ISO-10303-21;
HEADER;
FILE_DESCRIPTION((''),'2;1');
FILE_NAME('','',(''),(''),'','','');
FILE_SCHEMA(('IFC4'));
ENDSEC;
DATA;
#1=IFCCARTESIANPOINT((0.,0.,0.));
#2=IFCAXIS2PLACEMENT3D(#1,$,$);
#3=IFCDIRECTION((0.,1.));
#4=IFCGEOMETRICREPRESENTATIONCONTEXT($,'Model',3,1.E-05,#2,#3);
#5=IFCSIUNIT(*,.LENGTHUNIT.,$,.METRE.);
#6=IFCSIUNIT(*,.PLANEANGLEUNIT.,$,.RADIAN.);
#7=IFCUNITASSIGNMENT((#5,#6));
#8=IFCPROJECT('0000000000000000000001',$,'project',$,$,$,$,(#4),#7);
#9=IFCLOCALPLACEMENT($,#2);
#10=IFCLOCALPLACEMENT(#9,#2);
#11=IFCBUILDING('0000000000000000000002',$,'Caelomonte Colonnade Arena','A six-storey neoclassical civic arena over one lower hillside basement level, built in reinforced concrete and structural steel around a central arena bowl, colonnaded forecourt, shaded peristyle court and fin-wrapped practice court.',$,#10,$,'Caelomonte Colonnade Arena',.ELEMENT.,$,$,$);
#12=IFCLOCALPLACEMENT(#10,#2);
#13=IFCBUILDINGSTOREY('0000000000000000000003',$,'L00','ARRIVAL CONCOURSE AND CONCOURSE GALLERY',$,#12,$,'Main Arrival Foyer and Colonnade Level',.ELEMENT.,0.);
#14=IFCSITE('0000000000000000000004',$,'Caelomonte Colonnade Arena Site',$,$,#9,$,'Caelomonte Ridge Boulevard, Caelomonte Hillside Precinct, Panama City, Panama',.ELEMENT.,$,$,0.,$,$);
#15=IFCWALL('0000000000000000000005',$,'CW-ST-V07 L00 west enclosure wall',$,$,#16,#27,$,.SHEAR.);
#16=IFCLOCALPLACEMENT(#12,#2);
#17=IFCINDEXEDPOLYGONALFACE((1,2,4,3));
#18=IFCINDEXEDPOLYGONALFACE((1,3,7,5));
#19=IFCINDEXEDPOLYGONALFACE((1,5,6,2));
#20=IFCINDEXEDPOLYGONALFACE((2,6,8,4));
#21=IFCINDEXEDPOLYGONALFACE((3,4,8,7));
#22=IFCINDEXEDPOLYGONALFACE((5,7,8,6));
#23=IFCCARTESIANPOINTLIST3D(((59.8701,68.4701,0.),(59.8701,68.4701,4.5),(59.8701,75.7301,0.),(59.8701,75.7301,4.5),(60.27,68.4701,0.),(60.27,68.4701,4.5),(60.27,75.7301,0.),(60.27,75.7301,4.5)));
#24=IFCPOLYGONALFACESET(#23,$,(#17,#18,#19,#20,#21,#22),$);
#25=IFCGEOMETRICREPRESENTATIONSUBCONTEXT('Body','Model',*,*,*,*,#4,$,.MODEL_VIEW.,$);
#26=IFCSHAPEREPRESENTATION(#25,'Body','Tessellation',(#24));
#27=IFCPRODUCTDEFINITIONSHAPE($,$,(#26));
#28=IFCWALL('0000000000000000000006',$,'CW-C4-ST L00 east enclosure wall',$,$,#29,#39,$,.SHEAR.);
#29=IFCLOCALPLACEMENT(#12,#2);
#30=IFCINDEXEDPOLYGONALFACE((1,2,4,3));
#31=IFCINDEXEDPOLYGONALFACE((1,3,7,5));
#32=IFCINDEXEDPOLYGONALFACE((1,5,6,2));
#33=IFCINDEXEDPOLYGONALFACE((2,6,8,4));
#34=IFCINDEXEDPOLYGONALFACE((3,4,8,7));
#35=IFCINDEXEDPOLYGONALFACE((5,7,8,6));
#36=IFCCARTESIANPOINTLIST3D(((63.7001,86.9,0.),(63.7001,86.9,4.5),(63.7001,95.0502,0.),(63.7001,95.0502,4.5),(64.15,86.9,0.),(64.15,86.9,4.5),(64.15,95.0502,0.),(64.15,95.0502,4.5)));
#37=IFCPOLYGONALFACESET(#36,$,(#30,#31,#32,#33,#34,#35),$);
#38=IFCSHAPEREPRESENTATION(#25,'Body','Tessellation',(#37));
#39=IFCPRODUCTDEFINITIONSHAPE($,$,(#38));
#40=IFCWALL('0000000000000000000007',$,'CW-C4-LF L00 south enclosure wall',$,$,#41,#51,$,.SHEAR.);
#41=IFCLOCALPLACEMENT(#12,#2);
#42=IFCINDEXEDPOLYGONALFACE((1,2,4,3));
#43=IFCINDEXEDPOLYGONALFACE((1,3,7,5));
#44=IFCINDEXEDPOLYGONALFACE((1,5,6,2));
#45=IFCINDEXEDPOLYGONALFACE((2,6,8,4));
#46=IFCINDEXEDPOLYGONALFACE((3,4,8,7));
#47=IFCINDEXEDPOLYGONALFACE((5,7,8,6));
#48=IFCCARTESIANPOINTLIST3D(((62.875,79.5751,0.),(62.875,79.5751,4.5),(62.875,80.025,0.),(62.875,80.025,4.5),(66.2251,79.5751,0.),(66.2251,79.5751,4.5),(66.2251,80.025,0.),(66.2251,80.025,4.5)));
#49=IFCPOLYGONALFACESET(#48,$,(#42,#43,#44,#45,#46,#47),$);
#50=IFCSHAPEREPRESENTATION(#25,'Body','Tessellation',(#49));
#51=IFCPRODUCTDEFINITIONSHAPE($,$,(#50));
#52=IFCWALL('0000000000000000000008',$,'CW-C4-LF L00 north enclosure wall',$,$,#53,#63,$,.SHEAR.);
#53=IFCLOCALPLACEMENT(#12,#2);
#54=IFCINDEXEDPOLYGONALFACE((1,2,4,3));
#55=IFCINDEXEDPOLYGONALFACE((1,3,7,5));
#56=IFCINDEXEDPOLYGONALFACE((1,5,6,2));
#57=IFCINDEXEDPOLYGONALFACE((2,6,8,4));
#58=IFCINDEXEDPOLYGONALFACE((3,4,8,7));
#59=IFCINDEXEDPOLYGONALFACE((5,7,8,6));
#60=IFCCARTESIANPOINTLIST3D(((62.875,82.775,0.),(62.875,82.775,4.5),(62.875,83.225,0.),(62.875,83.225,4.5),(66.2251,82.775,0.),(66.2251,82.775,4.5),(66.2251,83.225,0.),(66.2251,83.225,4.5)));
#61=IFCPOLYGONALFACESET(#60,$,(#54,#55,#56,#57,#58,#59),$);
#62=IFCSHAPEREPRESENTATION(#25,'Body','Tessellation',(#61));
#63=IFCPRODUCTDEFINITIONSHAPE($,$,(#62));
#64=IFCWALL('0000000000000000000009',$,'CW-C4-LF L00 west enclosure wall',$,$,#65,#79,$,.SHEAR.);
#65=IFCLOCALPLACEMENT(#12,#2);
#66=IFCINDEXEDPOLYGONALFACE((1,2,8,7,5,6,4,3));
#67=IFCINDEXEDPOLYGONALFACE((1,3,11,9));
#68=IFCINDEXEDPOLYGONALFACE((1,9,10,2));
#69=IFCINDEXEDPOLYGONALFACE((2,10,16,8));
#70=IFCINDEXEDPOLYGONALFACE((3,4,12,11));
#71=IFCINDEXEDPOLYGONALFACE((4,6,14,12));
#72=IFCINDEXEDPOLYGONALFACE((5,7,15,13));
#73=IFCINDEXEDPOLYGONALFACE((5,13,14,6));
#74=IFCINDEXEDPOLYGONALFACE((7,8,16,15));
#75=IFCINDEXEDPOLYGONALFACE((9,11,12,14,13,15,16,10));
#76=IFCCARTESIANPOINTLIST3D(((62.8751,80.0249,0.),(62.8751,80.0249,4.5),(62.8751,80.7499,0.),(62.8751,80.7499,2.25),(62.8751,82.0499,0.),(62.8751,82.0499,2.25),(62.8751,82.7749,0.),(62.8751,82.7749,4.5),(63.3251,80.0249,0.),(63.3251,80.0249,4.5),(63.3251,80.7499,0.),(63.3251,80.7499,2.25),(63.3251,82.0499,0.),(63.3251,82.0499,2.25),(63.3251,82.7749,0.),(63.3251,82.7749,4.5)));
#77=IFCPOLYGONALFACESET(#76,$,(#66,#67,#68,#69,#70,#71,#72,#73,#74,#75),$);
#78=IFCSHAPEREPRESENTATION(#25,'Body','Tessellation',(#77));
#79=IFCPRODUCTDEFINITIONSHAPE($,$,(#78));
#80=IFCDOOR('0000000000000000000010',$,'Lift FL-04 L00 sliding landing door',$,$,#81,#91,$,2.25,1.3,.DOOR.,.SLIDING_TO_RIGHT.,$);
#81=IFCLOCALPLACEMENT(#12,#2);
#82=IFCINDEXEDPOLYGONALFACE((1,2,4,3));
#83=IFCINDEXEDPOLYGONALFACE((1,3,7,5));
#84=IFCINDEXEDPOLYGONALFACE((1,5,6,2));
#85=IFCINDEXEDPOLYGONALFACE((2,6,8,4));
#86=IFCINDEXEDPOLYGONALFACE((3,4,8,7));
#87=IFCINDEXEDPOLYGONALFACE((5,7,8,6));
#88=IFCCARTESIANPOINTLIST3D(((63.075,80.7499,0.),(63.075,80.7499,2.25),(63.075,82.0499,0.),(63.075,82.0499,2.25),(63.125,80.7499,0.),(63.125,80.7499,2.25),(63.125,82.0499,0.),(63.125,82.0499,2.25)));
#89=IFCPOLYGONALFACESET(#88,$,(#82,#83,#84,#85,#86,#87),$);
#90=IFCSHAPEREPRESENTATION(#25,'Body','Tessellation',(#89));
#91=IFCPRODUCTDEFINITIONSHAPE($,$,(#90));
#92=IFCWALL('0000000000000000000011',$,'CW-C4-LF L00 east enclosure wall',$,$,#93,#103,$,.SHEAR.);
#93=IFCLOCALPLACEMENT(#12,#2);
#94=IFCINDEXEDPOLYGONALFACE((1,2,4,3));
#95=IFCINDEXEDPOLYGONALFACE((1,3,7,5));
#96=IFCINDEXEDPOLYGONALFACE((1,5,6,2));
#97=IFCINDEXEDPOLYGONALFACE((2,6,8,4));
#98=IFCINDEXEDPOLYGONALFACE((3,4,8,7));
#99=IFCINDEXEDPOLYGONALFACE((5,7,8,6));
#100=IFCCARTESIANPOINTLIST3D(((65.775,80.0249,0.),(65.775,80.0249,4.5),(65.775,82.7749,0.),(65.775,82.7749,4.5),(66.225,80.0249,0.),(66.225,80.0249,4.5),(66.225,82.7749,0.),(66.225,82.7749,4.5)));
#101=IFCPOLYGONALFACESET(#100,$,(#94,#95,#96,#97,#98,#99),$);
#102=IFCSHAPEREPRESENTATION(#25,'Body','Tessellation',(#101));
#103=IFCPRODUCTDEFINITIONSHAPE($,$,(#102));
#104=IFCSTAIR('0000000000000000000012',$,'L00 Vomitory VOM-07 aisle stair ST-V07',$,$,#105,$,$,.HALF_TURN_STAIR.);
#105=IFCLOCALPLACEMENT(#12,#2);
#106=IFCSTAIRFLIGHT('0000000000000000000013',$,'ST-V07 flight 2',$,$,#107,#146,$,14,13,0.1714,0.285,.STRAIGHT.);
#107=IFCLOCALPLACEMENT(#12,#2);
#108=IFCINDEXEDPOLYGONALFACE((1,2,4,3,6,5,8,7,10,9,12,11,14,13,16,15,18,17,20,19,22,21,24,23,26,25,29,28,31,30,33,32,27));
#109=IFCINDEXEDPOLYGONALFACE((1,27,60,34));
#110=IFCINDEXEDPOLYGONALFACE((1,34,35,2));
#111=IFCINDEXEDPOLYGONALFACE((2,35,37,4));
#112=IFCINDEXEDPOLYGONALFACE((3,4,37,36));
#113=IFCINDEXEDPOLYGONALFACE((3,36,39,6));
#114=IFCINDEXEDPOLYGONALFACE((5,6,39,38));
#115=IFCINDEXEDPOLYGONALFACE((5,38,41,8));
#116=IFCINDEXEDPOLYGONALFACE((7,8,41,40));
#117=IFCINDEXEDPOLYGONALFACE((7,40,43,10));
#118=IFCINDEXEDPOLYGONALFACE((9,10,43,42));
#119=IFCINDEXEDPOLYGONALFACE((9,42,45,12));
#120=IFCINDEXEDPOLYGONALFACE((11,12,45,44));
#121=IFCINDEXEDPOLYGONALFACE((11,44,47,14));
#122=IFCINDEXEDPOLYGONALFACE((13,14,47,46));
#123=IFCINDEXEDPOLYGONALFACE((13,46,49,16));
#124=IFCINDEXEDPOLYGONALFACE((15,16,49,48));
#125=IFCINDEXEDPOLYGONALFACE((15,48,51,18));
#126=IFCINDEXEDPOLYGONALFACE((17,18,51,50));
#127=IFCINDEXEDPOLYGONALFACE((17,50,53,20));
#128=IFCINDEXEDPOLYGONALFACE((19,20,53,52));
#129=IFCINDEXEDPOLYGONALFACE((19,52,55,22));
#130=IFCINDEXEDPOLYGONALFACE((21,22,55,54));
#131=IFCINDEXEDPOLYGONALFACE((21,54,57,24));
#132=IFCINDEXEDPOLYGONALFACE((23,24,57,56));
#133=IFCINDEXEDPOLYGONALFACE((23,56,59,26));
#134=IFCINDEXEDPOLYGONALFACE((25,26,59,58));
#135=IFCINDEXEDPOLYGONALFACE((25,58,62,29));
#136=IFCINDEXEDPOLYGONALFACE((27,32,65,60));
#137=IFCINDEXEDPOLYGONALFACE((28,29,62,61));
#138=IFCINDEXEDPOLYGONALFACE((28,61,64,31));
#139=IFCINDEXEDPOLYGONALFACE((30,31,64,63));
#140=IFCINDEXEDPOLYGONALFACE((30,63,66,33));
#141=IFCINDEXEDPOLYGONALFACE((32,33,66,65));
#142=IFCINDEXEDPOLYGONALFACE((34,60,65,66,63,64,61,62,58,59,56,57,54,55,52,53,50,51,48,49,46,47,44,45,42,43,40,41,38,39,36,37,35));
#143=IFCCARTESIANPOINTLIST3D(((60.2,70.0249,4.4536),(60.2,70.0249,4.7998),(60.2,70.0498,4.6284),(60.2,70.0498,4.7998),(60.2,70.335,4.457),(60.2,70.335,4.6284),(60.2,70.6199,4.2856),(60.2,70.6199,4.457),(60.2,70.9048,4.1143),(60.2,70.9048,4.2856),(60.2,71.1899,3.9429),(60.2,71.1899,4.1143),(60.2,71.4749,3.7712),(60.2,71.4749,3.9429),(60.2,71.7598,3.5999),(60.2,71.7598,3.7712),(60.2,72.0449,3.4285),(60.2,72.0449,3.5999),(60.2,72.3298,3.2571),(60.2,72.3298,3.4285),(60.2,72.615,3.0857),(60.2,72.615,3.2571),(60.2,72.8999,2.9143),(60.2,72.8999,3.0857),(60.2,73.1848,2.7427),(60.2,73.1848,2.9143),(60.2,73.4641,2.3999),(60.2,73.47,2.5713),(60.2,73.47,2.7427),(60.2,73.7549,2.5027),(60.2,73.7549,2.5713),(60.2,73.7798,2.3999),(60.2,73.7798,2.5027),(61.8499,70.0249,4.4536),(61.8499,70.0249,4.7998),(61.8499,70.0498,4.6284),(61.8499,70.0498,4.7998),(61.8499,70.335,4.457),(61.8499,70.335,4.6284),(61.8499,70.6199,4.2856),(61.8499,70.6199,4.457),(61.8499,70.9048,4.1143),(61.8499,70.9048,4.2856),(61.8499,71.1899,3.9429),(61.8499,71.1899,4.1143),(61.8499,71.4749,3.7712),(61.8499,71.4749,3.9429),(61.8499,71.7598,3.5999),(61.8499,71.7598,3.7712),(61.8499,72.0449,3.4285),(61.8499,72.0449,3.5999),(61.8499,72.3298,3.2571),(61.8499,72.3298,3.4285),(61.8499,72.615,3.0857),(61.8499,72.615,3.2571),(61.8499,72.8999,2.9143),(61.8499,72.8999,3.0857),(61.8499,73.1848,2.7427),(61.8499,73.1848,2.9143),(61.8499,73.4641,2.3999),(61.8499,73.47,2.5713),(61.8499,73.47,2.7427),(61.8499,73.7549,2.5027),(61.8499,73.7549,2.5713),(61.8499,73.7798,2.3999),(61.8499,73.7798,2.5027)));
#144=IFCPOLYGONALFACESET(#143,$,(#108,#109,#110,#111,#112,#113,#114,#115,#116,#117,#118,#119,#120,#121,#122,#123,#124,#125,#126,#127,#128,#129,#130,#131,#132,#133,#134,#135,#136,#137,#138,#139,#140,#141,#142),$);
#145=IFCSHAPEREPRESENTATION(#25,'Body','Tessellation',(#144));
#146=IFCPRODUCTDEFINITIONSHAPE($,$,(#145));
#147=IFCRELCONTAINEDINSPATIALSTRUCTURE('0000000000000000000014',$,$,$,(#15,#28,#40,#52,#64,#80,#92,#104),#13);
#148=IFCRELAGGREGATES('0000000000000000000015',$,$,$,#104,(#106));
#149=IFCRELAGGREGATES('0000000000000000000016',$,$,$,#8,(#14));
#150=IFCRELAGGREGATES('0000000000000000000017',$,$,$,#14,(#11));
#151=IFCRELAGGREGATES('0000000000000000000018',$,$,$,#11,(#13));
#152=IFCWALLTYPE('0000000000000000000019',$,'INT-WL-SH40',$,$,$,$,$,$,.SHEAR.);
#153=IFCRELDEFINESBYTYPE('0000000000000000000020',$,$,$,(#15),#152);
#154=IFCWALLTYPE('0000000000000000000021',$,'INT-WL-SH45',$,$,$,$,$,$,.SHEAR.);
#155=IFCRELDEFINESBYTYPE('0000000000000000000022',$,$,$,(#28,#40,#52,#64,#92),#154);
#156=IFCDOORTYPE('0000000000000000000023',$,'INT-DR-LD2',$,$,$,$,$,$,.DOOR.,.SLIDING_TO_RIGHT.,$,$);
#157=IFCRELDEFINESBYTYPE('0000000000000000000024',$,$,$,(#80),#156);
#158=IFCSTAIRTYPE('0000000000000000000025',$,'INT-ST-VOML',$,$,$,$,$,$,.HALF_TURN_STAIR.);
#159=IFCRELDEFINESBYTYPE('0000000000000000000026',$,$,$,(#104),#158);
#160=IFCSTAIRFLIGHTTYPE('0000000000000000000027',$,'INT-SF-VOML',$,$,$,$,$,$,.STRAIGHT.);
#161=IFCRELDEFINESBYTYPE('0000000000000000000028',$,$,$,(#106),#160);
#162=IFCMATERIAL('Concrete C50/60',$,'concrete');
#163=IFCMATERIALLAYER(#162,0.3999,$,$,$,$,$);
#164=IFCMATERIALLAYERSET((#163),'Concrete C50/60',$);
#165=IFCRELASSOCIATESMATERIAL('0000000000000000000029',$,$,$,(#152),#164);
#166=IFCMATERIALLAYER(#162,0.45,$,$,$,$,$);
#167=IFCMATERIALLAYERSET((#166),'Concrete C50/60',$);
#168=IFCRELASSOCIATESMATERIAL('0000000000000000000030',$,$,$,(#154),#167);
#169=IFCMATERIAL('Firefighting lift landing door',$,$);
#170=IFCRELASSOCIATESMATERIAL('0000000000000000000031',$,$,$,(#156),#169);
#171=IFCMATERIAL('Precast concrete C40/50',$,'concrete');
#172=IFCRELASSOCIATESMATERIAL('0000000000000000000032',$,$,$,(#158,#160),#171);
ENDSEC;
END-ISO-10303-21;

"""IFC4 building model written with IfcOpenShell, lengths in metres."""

from ifc_helpers import new_model, si_unit, direction, frame, frame_2d, origin, place, context, subcontext, project, spatial, polyline, rectangle, outline, extrude, material, layer, layer_set, type_object, element, fill, aggregate, save


model = new_model("IFC4")

# Units and contexts
model_context = context("Model", 3, precision=1e-05, world=origin(), true_north=direction((0.0, 1.0)))
body_context = subcontext(model_context, "Body", "Model", "MODEL_VIEW")
ifc_project = project(units=[si_unit("LENGTHUNIT", "METRE"), si_unit("PLANEANGLEUNIT", "RADIAN")], contexts=[model_context])

# Site, building, storey
site_placement = place(None, origin())
site = spatial("IfcSite", under=ifc_project, at=site_placement, Name="Caelomonte Colonnade Arena Site", LongName="Caelomonte Ridge Boulevard, Caelomonte Hillside Precinct, Panama City, Panama", CompositionType="ELEMENT", RefElevation=0.0)
building_placement = place(site_placement, origin())
building = spatial("IfcBuilding", under=site, at=building_placement, Name="Caelomonte Colonnade Arena", Description="A six-storey neoclassical civic arena over one lower hillside basement level, built in reinforced concrete and structural steel around a central arena bowl, colonnaded forecourt, shaded peristyle court and fin-wrapped practice court.", LongName="Caelomonte Colonnade Arena", CompositionType="ELEMENT")
storey_placement = place(building_placement, origin())
storey = spatial("IfcBuildingStorey", under=building, at=storey_placement, Name="L00", Description="ARRIVAL CONCOURSE AND CONCOURSE GALLERY", LongName="Main Arrival Foyer and Colonnade Level", CompositionType="ELEMENT", Elevation=0.0)

# Shared definitions
ifc_material_1 = material(Name="Concrete C50/60", Category="concrete")

# Walls
ifc_layer_1 = layer(ifc_material_1, 0.3999)
ifc_layer_set_1 = layer_set([ifc_layer_1], Name="Concrete C50/60")
wall_type_1 = type_object("IfcWallType", Name="INT-WL-SH40", PredefinedType="SHEAR", material=ifc_layer_set_1)
wall_1_placement = place(storey_placement, frame((60.0701, 75.73, 0.0), z_axis=(0.0, 0.0, 1.0), x_axis=(0.0, -1.0, 0.0)))
element("IfcWall", 1, at=wall_1_placement, inside=storey, type_object=wall_type_1, Name="CW-ST-V07 L00 west enclosure wall", PredefinedType="SHEAR", context=body_context, shape_type="SweptSolid", body=[
    extrude(rectangle(XDim=7.26, YDim=0.3999, at=frame_2d((3.6299, 0.0))), origin(), (0.0, 0.0, 1.0), 4.5),
])
ifc_layer_2 = layer(ifc_material_1, 0.45)
ifc_layer_set_2 = layer_set([ifc_layer_2], Name="Concrete C50/60")
wall_type_2 = type_object("IfcWallType", Name="INT-WL-SH45", PredefinedType="SHEAR", material=ifc_layer_set_2)
wall_2_placement = place(storey_placement, frame((63.925, 86.8999, 0.0), z_axis=(0.0, 0.0, 1.0), x_axis=(0.0, 1.0, 0.0)))
element("IfcWall", 2, at=wall_2_placement, inside=storey, type_object=wall_type_2, Name="CW-C4-ST L00 east enclosure wall", PredefinedType="SHEAR", context=body_context, shape_type="SweptSolid", body=[
    extrude(rectangle(XDim=8.1501, YDim=0.45, at=frame_2d((4.0752, 0.0))), origin(), (0.0, 0.0, 1.0), 4.5),
])
for number, where, z_axis, x_axis, name in (
    (3, (62.875, 79.8, 0.0), (0.0, 0.0, 1.0), (1.0, 0.0, 0.0), "CW-C4-LF L00 south enclosure wall"),
    (4, (66.2251, 83.0, 0.0), (0.0, 0.0, 1.0), (-1.0, 0.0, 0.0), "CW-C4-LF L00 north enclosure wall"),
):
    element("IfcWall", number, at=place(storey_placement, frame(where, z_axis=z_axis, x_axis=x_axis)), inside=storey, type_object=wall_type_2, Name=name, PredefinedType="SHEAR", context=body_context, shape_type="SweptSolid", body=[
        extrude(rectangle(XDim=3.3501, YDim=0.45, at=frame_2d((1.675, 0.0))), origin(), (0.0, 0.0, 1.0), 4.5),
    ])

# Wall, opening, door
wall_3_placement = place(storey_placement, frame((63.1001, 82.7749, 0.0), z_axis=(0.0, 0.0, 1.0), x_axis=(0.0, -1.0, 0.0)))
wall_3 = element("IfcWall", 5, at=wall_3_placement, inside=storey, type_object=wall_type_2, Name="CW-C4-LF L00 west enclosure wall", PredefinedType="SHEAR", context=body_context, shape_type="SweptSolid", body=[
    extrude(rectangle(XDim=2.75, YDim=0.45, at=frame_2d((1.375, 0.0))), origin(), (0.0, 0.0, 1.0), 4.5),
])
opening_1_placement = place(wall_3_placement, frame((0.7251, 0.0, 0.0), z_axis=(0.0, 0.0, 1.0), x_axis=(1.0, 0.0, 0.0)))
opening_1 = element("IfcOpeningElement", 6, at=opening_1_placement, cuts=wall_3, PredefinedType="OPENING", context=body_context, shape_type="SweptSolid", body=[
    extrude(rectangle(XDim=1.3, YDim=2.25, at=frame_2d((0.6499, 1.125))), frame((0.0, 0.2349, 0.0), z_axis=(0.0, -1.0, 0.0), x_axis=(1.0, 0.0, 0.0)), (0.0, 0.0, 1.0), 0.47),
])
ifc_material_2 = material(Name="Firefighting lift landing door")
door_type_1 = type_object("IfcDoorType", Name="INT-DR-LD2", OperationType="SLIDING_TO_RIGHT", PredefinedType="DOOR", material=ifc_material_2)
door_1_placement = place(opening_1_placement, origin())
door_1 = element("IfcDoor", 7, at=door_1_placement, inside=storey, type_object=door_type_1, Name="Lift FL-04 L00 sliding landing door", OperationType="SLIDING_TO_RIGHT", OverallHeight=2.25, OverallWidth=1.3, PredefinedType="DOOR", context=body_context, shape_type="SweptSolid", body=[
    extrude(rectangle(XDim=1.3, YDim=2.25, at=frame_2d((0.6499, 1.125))), frame((0.0, 0.0249, 0.0), z_axis=(0.0, -1.0, 0.0), x_axis=(1.0, 0.0, 0.0)), (0.0, 0.0, 1.0), 0.05),
])
fill(opening_1, door_1)

# Wall
wall_4_placement = place(storey_placement, frame((66.0, 80.0249, 0.0), z_axis=(0.0, 0.0, 1.0), x_axis=(0.0, 1.0, 0.0)))
element("IfcWall", 8, at=wall_4_placement, inside=storey, type_object=wall_type_2, Name="CW-C4-LF L00 east enclosure wall", PredefinedType="SHEAR", context=body_context, shape_type="SweptSolid", body=[
    extrude(rectangle(XDim=2.75, YDim=0.45, at=frame_2d((1.375, 0.0))), origin(), (0.0, 0.0, 1.0), 4.5),
])

# Stair, stair flight
ifc_material_3 = material(Name="Precast concrete C40/50", Category="concrete")
stair_type_1 = type_object("IfcStairType", Name="INT-ST-VOML", PredefinedType="HALF_TURN_STAIR", material=ifc_material_3)
stair_1_placement = place(storey_placement, origin())
stair_1 = element("IfcStair", 9, at=stair_1_placement, inside=storey, type_object=stair_type_1, Name="L00 Vomitory VOM-07 aisle stair ST-V07", PredefinedType="HALF_TURN_STAIR")
stair_flight_type_1 = type_object("IfcStairFlightType", Name="INT-SF-VOML", PredefinedType="STRAIGHT", material=ifc_material_3)
stair_flight_1_placement = place(storey_placement, frame((61.0249, 73.7549, 2.3999), z_axis=(0.0, 0.0, 1.0), x_axis=(0.0, -1.0, 0.0)))
stair_flight_1 = element("IfcStairFlight", 10, at=stair_flight_1_placement, type_object=stair_flight_type_1, Name="ST-V07 flight 2", NumberOfRisers=14, NumberOfTreads=13, PredefinedType="STRAIGHT", RiserHeight=0.1714, TreadLength=0.285, context=body_context, shape_type="SweptSolid", body=[
    extrude(outline(polyline([(-0.0249, 0.0), (-0.0249, 0.1028), (0.0, 0.1028), (0.0, 0.1714), (0.2849, 0.1714), (0.2849, 0.3428), (0.5701, 0.3428), (0.5701, 0.5144), (0.855, 0.5144), (0.855, 0.6858), (1.1399, 0.6858), (1.1399, 0.8572), (1.425, 0.8572), (1.425, 1.0286), (1.71, 1.0286), (1.71, 1.2), (1.9951, 1.2), (1.9951, 1.3713), (2.28, 1.3713), (2.28, 1.543), (2.5649, 1.543), (2.5649, 1.7144), (2.8501, 1.7144), (2.8501, 1.8857), (3.135, 1.8857), (3.135, 2.0571), (3.4199, 2.0571), (3.4199, 2.2285), (3.7051, 2.2285), (3.7051, 2.3999), (3.73, 2.3999), (3.73, 2.0537), (0.2908, 0.0), (-0.0249, 0.0)])), frame((0.0, 0.825, 0.0), z_axis=(0.0, -1.0, 0.0), x_axis=(1.0, 0.0, 0.0)), (0.0, 0.0, 1.0), 1.6499),
])
aggregate(stair_1, [stair_flight_1])

save(model, "model.ifc")
